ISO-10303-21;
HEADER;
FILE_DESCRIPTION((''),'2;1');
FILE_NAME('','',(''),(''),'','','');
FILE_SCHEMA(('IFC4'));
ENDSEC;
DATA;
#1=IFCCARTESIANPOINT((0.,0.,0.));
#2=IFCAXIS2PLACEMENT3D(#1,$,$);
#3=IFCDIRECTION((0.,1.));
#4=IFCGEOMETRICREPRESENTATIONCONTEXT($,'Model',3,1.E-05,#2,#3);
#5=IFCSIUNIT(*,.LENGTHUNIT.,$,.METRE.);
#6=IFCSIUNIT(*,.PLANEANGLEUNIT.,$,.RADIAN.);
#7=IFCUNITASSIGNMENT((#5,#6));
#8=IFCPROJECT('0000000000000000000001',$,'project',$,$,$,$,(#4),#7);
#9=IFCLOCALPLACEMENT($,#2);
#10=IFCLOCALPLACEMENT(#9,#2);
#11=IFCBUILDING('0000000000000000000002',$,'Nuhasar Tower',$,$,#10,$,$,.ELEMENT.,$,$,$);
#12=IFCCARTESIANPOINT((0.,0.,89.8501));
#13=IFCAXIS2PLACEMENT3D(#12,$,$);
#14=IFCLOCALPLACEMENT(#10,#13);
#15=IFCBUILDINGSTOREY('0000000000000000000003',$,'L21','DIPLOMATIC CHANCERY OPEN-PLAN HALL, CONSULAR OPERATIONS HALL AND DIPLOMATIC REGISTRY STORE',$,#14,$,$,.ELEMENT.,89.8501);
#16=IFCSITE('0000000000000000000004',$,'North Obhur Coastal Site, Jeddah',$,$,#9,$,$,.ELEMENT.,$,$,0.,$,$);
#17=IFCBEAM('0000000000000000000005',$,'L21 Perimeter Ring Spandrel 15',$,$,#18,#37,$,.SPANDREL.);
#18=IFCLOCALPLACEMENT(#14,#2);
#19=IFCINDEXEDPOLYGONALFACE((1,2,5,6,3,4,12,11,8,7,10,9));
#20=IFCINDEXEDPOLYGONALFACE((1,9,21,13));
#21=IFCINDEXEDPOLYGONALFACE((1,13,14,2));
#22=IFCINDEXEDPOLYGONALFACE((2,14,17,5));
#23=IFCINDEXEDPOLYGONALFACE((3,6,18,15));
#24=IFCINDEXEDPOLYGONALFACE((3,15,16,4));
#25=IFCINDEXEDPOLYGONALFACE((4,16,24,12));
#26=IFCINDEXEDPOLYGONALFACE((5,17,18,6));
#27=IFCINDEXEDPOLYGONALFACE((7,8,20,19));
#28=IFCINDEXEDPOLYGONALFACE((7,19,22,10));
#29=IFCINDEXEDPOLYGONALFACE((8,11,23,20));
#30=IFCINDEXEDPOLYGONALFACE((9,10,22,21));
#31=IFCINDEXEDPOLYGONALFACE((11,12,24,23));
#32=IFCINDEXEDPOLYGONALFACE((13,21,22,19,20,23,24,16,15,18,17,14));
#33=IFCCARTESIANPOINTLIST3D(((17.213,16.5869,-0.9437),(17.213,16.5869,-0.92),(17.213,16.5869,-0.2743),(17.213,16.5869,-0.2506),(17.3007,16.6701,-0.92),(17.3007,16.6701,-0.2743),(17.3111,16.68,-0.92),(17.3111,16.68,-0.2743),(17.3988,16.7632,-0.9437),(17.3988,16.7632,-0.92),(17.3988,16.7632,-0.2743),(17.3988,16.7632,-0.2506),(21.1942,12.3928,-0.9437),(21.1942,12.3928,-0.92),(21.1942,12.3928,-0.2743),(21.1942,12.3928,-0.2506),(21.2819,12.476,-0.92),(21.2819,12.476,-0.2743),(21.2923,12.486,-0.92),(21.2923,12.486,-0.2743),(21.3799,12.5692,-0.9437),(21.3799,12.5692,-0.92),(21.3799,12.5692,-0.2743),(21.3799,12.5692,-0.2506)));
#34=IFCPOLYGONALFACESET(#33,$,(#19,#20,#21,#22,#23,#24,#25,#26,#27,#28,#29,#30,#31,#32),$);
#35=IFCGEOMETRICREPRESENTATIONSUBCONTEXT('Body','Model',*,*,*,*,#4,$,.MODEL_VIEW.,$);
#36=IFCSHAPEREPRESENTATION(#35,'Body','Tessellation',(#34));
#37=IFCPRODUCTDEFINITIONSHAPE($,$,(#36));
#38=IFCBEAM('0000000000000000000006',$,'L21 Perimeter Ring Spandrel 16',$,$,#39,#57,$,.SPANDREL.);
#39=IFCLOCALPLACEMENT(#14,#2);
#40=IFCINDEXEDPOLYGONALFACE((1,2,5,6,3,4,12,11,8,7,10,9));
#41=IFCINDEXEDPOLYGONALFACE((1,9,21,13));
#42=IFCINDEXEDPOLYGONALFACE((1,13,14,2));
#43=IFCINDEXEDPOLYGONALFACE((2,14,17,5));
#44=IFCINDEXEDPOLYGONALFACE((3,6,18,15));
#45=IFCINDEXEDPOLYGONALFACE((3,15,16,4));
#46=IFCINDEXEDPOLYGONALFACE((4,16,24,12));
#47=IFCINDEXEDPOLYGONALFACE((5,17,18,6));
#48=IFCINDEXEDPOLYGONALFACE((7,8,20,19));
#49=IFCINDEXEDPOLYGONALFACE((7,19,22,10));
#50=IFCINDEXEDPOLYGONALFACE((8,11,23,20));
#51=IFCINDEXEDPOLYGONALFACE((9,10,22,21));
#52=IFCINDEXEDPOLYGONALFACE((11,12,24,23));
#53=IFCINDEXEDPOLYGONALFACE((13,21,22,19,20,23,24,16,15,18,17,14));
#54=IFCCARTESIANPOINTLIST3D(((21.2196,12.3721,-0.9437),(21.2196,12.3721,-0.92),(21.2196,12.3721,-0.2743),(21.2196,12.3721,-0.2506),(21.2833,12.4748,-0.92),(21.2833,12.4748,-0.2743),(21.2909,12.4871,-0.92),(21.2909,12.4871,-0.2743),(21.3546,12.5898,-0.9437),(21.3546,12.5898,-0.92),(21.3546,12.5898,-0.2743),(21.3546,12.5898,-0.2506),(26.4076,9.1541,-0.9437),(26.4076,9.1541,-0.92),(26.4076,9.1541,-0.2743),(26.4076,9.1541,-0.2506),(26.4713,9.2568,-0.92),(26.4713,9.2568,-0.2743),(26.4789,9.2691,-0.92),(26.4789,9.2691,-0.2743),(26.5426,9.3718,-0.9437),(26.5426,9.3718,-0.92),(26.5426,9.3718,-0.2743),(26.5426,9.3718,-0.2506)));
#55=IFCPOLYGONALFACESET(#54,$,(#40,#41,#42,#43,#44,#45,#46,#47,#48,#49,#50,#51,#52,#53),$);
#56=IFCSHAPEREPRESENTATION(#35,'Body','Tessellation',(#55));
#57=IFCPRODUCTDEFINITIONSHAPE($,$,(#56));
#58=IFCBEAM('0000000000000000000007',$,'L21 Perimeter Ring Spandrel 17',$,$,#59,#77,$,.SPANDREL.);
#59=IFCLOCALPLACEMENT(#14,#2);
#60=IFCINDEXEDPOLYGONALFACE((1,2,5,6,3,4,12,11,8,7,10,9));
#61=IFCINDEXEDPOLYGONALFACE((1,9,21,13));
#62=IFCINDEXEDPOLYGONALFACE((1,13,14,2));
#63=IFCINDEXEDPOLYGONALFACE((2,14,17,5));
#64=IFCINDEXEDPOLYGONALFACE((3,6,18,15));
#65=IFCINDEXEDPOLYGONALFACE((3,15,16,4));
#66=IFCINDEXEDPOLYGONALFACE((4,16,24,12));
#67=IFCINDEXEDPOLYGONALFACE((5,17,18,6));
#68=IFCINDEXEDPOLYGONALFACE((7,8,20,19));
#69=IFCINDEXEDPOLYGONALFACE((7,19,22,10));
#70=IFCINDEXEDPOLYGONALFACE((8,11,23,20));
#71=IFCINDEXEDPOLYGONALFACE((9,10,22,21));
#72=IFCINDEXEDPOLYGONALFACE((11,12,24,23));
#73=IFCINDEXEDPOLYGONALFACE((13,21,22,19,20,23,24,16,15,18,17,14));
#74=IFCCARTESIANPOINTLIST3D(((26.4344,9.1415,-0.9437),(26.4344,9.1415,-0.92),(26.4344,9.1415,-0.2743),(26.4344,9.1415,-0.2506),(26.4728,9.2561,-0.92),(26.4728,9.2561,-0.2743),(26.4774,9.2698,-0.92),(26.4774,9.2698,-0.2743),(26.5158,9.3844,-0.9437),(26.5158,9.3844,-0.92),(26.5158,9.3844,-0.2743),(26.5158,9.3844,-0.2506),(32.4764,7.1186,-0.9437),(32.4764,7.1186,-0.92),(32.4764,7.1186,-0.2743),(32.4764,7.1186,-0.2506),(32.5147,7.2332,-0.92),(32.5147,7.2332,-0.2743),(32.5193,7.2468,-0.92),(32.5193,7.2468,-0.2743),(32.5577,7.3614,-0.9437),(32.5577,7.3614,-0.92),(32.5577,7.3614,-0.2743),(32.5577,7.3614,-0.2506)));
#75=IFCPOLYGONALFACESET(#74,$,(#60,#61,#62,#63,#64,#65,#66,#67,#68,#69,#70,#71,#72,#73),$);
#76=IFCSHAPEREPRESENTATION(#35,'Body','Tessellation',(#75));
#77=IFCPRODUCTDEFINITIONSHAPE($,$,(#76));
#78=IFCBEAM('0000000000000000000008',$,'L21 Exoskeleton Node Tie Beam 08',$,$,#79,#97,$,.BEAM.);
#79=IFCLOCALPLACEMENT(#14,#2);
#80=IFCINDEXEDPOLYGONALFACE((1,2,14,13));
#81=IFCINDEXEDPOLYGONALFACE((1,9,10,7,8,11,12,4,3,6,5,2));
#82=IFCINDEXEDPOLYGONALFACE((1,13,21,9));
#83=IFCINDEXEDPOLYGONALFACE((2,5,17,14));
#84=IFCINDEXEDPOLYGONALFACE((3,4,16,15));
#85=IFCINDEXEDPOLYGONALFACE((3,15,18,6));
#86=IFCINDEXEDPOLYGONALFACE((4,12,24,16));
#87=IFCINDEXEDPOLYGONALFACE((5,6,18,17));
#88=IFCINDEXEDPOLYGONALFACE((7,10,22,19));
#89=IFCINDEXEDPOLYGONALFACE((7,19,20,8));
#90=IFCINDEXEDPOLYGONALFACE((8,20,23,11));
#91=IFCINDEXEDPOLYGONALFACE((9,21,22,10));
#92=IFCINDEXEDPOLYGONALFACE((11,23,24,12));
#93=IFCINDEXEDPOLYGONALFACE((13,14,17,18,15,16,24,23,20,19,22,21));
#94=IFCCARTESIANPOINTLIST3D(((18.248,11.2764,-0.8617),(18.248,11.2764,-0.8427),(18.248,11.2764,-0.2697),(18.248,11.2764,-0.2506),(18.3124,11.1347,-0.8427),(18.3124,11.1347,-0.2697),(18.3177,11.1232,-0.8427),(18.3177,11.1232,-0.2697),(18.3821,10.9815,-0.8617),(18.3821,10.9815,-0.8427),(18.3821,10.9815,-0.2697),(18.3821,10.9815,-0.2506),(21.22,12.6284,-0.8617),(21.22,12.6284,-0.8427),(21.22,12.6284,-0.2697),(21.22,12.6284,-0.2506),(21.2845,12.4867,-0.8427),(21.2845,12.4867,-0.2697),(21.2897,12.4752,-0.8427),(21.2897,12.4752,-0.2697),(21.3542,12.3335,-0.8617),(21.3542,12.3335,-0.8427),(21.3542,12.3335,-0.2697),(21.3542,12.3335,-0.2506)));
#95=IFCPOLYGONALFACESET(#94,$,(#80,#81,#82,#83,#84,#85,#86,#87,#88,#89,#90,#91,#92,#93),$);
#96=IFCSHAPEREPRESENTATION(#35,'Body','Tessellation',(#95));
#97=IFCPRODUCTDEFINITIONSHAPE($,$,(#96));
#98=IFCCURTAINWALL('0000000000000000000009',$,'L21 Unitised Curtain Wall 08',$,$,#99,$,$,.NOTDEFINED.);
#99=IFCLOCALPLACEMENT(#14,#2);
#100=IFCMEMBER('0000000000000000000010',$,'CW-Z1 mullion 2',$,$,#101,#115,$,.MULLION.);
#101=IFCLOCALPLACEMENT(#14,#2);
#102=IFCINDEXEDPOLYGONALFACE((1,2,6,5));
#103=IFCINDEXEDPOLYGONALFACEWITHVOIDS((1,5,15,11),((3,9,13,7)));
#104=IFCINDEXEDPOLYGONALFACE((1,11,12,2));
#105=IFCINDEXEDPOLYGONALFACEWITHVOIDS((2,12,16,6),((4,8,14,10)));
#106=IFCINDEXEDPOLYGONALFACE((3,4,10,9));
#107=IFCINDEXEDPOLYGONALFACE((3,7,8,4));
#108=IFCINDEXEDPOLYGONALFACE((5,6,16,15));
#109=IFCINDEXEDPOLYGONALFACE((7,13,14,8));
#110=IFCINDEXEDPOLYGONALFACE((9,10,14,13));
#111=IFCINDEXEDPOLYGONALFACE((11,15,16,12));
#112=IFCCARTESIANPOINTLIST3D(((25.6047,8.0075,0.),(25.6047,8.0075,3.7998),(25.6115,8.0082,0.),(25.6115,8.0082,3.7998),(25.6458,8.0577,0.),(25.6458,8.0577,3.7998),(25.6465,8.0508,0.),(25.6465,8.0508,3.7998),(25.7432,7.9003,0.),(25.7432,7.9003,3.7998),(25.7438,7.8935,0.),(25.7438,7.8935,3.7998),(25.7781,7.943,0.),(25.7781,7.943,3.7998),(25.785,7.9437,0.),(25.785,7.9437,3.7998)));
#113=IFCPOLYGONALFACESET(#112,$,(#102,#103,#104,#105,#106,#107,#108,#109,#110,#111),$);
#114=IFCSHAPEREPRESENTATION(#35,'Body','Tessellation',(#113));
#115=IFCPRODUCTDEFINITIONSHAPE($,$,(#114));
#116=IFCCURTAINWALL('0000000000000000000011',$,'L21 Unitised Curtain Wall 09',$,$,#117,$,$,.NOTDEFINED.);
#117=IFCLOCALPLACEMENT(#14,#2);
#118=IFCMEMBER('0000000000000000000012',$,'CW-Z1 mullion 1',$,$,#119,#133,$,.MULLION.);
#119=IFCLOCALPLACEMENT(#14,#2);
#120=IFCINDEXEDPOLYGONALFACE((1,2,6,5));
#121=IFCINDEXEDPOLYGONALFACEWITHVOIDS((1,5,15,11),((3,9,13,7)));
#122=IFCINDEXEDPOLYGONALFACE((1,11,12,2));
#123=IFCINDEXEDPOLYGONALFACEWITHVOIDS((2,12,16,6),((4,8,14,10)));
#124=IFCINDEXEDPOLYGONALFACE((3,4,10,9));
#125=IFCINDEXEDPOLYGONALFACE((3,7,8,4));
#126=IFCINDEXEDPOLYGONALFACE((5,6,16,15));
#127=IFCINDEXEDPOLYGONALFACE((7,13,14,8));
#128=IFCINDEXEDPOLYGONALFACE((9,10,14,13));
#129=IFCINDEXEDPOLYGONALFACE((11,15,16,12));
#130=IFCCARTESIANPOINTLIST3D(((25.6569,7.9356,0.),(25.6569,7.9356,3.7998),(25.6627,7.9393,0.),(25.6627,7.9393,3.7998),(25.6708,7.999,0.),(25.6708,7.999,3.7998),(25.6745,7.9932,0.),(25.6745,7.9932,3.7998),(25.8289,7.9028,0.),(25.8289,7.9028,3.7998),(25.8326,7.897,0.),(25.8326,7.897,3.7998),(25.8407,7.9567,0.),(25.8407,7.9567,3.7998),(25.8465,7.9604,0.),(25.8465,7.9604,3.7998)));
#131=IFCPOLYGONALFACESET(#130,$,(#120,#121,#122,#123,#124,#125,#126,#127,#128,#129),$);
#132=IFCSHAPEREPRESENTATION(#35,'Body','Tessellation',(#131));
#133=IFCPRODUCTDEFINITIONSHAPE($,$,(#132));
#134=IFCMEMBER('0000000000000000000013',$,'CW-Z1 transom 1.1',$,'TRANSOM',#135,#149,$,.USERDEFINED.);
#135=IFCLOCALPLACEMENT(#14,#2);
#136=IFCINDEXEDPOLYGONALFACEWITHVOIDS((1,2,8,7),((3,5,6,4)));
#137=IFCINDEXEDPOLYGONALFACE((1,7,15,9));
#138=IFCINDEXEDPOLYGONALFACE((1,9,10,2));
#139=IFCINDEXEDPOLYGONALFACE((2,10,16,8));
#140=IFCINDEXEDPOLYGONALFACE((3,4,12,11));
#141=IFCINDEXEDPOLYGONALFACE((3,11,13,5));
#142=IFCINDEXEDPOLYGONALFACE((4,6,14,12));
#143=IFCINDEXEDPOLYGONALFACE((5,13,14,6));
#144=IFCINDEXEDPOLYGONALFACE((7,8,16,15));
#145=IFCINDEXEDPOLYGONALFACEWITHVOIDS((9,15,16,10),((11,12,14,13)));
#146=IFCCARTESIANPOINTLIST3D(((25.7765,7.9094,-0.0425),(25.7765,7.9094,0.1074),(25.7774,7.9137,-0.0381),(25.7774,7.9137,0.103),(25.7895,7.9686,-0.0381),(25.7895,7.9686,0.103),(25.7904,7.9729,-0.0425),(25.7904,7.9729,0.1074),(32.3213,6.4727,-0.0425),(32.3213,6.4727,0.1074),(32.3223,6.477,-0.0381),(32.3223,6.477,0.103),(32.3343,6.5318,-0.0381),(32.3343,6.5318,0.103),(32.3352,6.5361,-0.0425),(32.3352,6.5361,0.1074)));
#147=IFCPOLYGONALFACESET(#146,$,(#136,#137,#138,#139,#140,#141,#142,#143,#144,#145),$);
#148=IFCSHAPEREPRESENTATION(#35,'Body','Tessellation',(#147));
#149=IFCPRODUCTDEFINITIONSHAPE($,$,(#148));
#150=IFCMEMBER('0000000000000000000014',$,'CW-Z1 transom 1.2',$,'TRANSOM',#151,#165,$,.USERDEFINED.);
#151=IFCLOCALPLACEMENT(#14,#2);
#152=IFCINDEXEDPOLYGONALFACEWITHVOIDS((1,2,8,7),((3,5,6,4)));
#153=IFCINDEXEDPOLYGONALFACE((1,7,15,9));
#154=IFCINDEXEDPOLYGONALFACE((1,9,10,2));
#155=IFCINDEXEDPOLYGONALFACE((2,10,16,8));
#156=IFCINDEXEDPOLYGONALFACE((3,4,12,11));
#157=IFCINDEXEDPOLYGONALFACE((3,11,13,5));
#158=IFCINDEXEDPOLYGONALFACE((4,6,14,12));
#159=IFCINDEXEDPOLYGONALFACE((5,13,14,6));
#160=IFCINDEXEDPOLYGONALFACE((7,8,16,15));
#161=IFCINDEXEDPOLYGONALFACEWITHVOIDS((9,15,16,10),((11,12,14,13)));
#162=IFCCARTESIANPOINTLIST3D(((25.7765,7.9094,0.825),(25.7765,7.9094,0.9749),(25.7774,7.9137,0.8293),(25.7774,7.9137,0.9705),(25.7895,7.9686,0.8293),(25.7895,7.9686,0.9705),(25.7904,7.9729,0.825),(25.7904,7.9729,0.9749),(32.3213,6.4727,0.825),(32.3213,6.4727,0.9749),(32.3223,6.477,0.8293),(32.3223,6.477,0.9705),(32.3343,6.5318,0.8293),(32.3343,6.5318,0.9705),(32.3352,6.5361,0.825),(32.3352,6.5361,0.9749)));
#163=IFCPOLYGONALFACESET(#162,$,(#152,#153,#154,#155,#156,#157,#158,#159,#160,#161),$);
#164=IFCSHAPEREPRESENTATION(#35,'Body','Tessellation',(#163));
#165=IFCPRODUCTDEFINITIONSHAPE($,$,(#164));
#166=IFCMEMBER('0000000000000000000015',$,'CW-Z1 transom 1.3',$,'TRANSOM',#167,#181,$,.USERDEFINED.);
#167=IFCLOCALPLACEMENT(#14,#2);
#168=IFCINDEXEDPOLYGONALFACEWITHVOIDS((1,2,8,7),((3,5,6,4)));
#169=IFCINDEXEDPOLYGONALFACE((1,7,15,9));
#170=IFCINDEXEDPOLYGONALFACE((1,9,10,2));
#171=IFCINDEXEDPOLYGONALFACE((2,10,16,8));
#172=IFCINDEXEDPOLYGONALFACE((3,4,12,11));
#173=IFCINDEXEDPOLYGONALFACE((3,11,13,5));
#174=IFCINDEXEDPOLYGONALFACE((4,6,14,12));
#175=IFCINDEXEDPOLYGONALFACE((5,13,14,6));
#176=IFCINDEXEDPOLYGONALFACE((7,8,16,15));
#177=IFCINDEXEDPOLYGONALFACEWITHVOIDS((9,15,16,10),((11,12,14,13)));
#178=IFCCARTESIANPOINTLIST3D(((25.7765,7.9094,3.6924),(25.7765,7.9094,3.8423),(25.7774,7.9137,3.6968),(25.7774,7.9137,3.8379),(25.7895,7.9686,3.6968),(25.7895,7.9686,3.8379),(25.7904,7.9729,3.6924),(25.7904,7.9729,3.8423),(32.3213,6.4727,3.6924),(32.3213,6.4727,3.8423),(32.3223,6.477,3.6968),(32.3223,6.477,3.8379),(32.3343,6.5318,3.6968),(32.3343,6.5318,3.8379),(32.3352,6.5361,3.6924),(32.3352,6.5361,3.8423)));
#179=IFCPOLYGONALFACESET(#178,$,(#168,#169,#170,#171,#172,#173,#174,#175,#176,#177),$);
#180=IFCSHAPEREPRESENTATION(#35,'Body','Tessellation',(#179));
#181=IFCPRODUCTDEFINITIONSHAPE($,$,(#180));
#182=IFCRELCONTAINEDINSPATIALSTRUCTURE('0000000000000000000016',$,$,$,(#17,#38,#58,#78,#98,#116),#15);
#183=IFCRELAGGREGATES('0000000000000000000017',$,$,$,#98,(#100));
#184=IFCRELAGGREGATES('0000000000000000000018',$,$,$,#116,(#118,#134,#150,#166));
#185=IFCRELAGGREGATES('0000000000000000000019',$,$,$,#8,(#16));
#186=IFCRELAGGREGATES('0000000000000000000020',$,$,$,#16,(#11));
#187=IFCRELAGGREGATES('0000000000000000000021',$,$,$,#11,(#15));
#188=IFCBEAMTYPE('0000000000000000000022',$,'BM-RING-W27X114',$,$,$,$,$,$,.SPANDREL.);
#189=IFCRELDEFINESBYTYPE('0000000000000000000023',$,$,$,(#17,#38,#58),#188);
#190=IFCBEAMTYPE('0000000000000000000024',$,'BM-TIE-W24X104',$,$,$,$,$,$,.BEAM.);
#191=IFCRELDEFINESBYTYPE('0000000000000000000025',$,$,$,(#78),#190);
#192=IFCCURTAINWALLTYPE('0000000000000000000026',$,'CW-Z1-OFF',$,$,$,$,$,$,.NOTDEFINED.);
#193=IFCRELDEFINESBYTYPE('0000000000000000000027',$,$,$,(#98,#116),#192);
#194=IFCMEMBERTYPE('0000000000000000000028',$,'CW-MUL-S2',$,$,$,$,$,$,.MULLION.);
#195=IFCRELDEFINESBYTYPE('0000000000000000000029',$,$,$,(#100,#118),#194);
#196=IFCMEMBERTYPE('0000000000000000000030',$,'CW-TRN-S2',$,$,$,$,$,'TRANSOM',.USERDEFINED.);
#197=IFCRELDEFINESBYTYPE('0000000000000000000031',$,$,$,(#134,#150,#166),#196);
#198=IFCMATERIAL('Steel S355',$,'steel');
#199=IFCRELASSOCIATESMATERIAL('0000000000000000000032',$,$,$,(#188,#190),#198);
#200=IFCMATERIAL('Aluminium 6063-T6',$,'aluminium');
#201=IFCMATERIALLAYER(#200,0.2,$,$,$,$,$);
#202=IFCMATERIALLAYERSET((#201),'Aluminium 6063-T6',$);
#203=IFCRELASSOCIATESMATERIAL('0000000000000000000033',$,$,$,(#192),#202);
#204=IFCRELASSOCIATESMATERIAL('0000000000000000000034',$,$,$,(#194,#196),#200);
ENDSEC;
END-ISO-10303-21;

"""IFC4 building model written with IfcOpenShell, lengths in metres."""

from ifc_helpers import new_model, si_unit, direction, frame, origin, origin_2d, place, context, subcontext, project, spatial, hollow_rectangle, i_section, extrude, material, layer, layer_set, material_profile, profile_set, type_object, element, aggregate, save


model = new_model("IFC4")

# Units and contexts
model_context = context("Model", 3, precision=1e-05, world=origin(), true_north=direction((0.0, 1.0)))
body_context = subcontext(model_context, "Body", "Model", "MODEL_VIEW")
ifc_project = project(units=[si_unit("LENGTHUNIT", "METRE"), si_unit("PLANEANGLEUNIT", "RADIAN")], contexts=[model_context])

# Site, building, storey
site_placement = place(None, origin())
site = spatial("IfcSite", under=ifc_project, at=site_placement, Name="North Obhur Coastal Site, Jeddah", CompositionType="ELEMENT", RefElevation=0.0)
building_placement = place(site_placement, origin())
building = spatial("IfcBuilding", under=site, at=building_placement, Name="Nuhasar Tower", CompositionType="ELEMENT")
storey_placement = place(building_placement, frame((0.0, 0.0, 89.8501)))
storey = spatial("IfcBuildingStorey", under=building, at=storey_placement, Name="L21", Description="DIPLOMATIC CHANCERY OPEN-PLAN HALL, CONSULAR OPERATIONS HALL AND DIPLOMATIC REGISTRY STORE", CompositionType="ELEMENT", Elevation=89.8501)

# Beams
ifc_material_1 = material(Name="Steel S355", Category="steel")
ifc_material_profile_1 = material_profile(ifc_material_1, i_section(OverallWidth=0.2561, OverallDepth=0.6931, WebThickness=0.0144, FlangeThickness=0.0237, at=origin_2d()), Name="W27X114")
ifc_profile_set_1 = profile_set([ifc_material_profile_1], Name="Steel S355")
beam_type_1 = type_object("IfcBeamType", Name="BM-RING-W27X114", PredefinedType="SPANDREL", material=ifc_profile_set_1)
beam_1_placement = place(storey_placement, frame((17.3059, 16.675, -0.5972), z_axis=(0.68846, -0.725274, 0.0), x_axis=(0.725274, 0.68846, 0.0)))
element("IfcBeam", 1, at=beam_1_placement, inside=storey, type_object=beam_type_1, Name="L21 Perimeter Ring Spandrel 15", PredefinedType="SPANDREL", context=body_context, shape_type="SweptSolid", body=[
    extrude(i_section(OverallWidth=0.2561, OverallDepth=0.6931, WebThickness=0.0144, FlangeThickness=0.0237, at=origin_2d()), origin(), (0.0, 0.0, 1.0), 5.7827),
])
beam_2_placement = place(storey_placement, frame((21.2871, 12.481, -0.5972), z_axis=(0.849795, -0.527113, 0.0), x_axis=(0.527113, 0.849795, 0.0)))
element("IfcBeam", 2, at=beam_2_placement, inside=storey, type_object=beam_type_1, Name="L21 Perimeter Ring Spandrel 16", PredefinedType="SPANDREL", context=body_context, shape_type="SweptSolid", body=[
    extrude(i_section(OverallWidth=0.2561, OverallDepth=0.6931, WebThickness=0.0144, FlangeThickness=0.0237, at=origin_2d()), origin(), (0.0, 0.0, 1.0), 6.105),
])
beam_3_placement = place(storey_placement, frame((26.4751, 9.2629, -0.5972), z_axis=(0.948261, -0.317492, 0.0), x_axis=(0.317492, 0.948261, 0.0)))
element("IfcBeam", 3, at=beam_3_placement, inside=storey, type_object=beam_type_1, Name="L21 Perimeter Ring Spandrel 17", PredefinedType="SPANDREL", context=body_context, shape_type="SweptSolid", body=[
    extrude(i_section(OverallWidth=0.2561, OverallDepth=0.6931, WebThickness=0.0144, FlangeThickness=0.0237, at=origin_2d()), origin(), (0.0, 0.0, 1.0), 6.3716),
])
ifc_material_profile_2 = material_profile(ifc_material_1, i_section(OverallWidth=0.324, OverallDepth=0.6111, WebThickness=0.0127, FlangeThickness=0.019, at=origin_2d()), Name="W24X104")
ifc_profile_set_2 = profile_set([ifc_material_profile_2], Name="Steel S355")
beam_type_2 = type_object("IfcBeamType", Name="BM-TIE-W24X104", PredefinedType="BEAM", material=ifc_profile_set_2)
beam_4_placement = place(storey_placement, frame((21.2871, 12.481, -0.5562), z_axis=(-0.910244, -0.414073, 0.0), x_axis=(0.414073, -0.910244, 0.0)))
element("IfcBeam", 4, at=beam_4_placement, inside=storey, type_object=beam_type_2, Name="L21 Exoskeleton Node Tie Beam 08", PredefinedType="BEAM", context=body_context, shape_type="SweptSolid", body=[
    extrude(i_section(OverallWidth=0.324, OverallDepth=0.6111, WebThickness=0.0127, FlangeThickness=0.019, at=origin_2d()), origin(), (0.0, 0.0, 1.0), 3.2651),
])

# Curtain wall, member
ifc_material_2 = material(Name="Aluminium 6063-T6", Category="aluminium")
ifc_layer_1 = layer(ifc_material_2, 0.2)
ifc_layer_set_1 = layer_set([ifc_layer_1], Name="Aluminium 6063-T6")
curtain_wall_type = type_object("IfcCurtainWallType", Name="CW-Z1-OFF", PredefinedType="NOTDEFINED", material=ifc_layer_set_1)
curtain_wall_1_placement = place(storey_placement, origin())
curtain_wall_1 = element("IfcCurtainWall", 5, at=curtain_wall_1_placement, inside=storey, type_object=curtain_wall_type, Name="L21 Unitised Curtain Wall 08", PredefinedType="NOTDEFINED")
ifc_material_profile_3 = material_profile(ifc_material_2, hollow_rectangle(XDim=0.0649, YDim=0.1799, WallThickness=0.0049, at=origin_2d()), Name="CWM-2")
ifc_profile_set_3 = profile_set([ifc_material_profile_3], Name="Aluminium 6063-T6")
member_type_1 = type_object("IfcMemberType", Name="CW-MUL-S2", PredefinedType="MULLION", material=ifc_profile_set_3)
member_1_placement = place(storey_placement, frame((25.6948, 7.9756, 0.0), z_axis=(0.0, 0.0, 1.0), x_axis=(0.633745, 0.773542, 0.0)))
member_1 = element("IfcMember", 6, at=member_1_placement, type_object=member_type_1, Name="CW-Z1 mullion 2", PredefinedType="MULLION", context=body_context, shape_type="SweptSolid", body=[
    extrude(hollow_rectangle(XDim=0.0649, YDim=0.1799, WallThickness=0.0049, at=origin_2d()), origin(), (0.0, 0.0, 1.0), 3.7998),
])

# Curtain wall, members
curtain_wall_2_placement = place(storey_placement, origin())
curtain_wall_2 = element("IfcCurtainWall", 7, at=curtain_wall_2_placement, inside=storey, type_object=curtain_wall_type, Name="L21 Unitised Curtain Wall 09", PredefinedType="NOTDEFINED")
member_2_placement = place(storey_placement, frame((25.7517, 7.948, 0.0), z_axis=(0.0, 0.0, 1.0), x_axis=(0.214399, 0.976746, 0.0)))
member_2 = element("IfcMember", 8, at=member_2_placement, type_object=member_type_1, Name="CW-Z1 mullion 1", PredefinedType="MULLION", context=body_context, shape_type="SweptSolid", body=[
    extrude(hollow_rectangle(XDim=0.0649, YDim=0.1799, WallThickness=0.0049, at=origin_2d()), origin(), (0.0, 0.0, 1.0), 3.7998),
])
ifc_material_profile_4 = material_profile(ifc_material_2, hollow_rectangle(XDim=0.0649, YDim=0.1499, WallThickness=0.0044, at=origin_2d()), Name="CWT-2")
ifc_profile_set_4 = profile_set([ifc_material_profile_4], Name="Aluminium 6063-T6")
member_type_2 = type_object("IfcMemberType", Name="CW-TRN-S2", ElementType="TRANSOM", PredefinedType="USERDEFINED", material=ifc_profile_set_4)
member_3_placement = place(storey_placement, frame((25.7834, 7.9412, 0.0325), z_axis=(0.976742, -0.214418, 0.0), x_axis=(0.214418, 0.976742, 0.0)))
member_3 = element("IfcMember", 9, at=member_3_placement, type_object=member_type_2, Name="CW-Z1 transom 1.1", ObjectType="TRANSOM", PredefinedType="USERDEFINED", context=body_context, shape_type="SweptSolid", body=[
    extrude(hollow_rectangle(XDim=0.0649, YDim=0.1499, WallThickness=0.0044, at=origin_2d()), origin(), (0.0, 0.0, 1.0), 6.7007),
])
member_4_placement = place(storey_placement, frame((25.7834, 7.9412, 0.8999), z_axis=(0.976742, -0.214418, 0.0), x_axis=(0.214418, 0.976742, 0.0)))
member_4 = element("IfcMember", 10, at=member_4_placement, type_object=member_type_2, Name="CW-Z1 transom 1.2", ObjectType="TRANSOM", PredefinedType="USERDEFINED", context=body_context, shape_type="SweptSolid", body=[
    extrude(hollow_rectangle(XDim=0.0649, YDim=0.1499, WallThickness=0.0044, at=origin_2d()), origin(), (0.0, 0.0, 1.0), 6.7007),
])
member_5_placement = place(storey_placement, frame((25.7834, 7.9412, 3.7673), z_axis=(0.976742, -0.214418, 0.0), x_axis=(0.214418, 0.976742, 0.0)))
member_5 = element("IfcMember", 11, at=member_5_placement, type_object=member_type_2, Name="CW-Z1 transom 1.3", ObjectType="TRANSOM", PredefinedType="USERDEFINED", context=body_context, shape_type="SweptSolid", body=[
    extrude(hollow_rectangle(XDim=0.0649, YDim=0.1499, WallThickness=0.0044, at=origin_2d()), origin(), (0.0, 0.0, 1.0), 6.7007),
])

aggregate(curtain_wall_1, [member_1])
aggregate(curtain_wall_2, [member_2, member_3, member_4, member_5])

save(model, "model.ifc")
